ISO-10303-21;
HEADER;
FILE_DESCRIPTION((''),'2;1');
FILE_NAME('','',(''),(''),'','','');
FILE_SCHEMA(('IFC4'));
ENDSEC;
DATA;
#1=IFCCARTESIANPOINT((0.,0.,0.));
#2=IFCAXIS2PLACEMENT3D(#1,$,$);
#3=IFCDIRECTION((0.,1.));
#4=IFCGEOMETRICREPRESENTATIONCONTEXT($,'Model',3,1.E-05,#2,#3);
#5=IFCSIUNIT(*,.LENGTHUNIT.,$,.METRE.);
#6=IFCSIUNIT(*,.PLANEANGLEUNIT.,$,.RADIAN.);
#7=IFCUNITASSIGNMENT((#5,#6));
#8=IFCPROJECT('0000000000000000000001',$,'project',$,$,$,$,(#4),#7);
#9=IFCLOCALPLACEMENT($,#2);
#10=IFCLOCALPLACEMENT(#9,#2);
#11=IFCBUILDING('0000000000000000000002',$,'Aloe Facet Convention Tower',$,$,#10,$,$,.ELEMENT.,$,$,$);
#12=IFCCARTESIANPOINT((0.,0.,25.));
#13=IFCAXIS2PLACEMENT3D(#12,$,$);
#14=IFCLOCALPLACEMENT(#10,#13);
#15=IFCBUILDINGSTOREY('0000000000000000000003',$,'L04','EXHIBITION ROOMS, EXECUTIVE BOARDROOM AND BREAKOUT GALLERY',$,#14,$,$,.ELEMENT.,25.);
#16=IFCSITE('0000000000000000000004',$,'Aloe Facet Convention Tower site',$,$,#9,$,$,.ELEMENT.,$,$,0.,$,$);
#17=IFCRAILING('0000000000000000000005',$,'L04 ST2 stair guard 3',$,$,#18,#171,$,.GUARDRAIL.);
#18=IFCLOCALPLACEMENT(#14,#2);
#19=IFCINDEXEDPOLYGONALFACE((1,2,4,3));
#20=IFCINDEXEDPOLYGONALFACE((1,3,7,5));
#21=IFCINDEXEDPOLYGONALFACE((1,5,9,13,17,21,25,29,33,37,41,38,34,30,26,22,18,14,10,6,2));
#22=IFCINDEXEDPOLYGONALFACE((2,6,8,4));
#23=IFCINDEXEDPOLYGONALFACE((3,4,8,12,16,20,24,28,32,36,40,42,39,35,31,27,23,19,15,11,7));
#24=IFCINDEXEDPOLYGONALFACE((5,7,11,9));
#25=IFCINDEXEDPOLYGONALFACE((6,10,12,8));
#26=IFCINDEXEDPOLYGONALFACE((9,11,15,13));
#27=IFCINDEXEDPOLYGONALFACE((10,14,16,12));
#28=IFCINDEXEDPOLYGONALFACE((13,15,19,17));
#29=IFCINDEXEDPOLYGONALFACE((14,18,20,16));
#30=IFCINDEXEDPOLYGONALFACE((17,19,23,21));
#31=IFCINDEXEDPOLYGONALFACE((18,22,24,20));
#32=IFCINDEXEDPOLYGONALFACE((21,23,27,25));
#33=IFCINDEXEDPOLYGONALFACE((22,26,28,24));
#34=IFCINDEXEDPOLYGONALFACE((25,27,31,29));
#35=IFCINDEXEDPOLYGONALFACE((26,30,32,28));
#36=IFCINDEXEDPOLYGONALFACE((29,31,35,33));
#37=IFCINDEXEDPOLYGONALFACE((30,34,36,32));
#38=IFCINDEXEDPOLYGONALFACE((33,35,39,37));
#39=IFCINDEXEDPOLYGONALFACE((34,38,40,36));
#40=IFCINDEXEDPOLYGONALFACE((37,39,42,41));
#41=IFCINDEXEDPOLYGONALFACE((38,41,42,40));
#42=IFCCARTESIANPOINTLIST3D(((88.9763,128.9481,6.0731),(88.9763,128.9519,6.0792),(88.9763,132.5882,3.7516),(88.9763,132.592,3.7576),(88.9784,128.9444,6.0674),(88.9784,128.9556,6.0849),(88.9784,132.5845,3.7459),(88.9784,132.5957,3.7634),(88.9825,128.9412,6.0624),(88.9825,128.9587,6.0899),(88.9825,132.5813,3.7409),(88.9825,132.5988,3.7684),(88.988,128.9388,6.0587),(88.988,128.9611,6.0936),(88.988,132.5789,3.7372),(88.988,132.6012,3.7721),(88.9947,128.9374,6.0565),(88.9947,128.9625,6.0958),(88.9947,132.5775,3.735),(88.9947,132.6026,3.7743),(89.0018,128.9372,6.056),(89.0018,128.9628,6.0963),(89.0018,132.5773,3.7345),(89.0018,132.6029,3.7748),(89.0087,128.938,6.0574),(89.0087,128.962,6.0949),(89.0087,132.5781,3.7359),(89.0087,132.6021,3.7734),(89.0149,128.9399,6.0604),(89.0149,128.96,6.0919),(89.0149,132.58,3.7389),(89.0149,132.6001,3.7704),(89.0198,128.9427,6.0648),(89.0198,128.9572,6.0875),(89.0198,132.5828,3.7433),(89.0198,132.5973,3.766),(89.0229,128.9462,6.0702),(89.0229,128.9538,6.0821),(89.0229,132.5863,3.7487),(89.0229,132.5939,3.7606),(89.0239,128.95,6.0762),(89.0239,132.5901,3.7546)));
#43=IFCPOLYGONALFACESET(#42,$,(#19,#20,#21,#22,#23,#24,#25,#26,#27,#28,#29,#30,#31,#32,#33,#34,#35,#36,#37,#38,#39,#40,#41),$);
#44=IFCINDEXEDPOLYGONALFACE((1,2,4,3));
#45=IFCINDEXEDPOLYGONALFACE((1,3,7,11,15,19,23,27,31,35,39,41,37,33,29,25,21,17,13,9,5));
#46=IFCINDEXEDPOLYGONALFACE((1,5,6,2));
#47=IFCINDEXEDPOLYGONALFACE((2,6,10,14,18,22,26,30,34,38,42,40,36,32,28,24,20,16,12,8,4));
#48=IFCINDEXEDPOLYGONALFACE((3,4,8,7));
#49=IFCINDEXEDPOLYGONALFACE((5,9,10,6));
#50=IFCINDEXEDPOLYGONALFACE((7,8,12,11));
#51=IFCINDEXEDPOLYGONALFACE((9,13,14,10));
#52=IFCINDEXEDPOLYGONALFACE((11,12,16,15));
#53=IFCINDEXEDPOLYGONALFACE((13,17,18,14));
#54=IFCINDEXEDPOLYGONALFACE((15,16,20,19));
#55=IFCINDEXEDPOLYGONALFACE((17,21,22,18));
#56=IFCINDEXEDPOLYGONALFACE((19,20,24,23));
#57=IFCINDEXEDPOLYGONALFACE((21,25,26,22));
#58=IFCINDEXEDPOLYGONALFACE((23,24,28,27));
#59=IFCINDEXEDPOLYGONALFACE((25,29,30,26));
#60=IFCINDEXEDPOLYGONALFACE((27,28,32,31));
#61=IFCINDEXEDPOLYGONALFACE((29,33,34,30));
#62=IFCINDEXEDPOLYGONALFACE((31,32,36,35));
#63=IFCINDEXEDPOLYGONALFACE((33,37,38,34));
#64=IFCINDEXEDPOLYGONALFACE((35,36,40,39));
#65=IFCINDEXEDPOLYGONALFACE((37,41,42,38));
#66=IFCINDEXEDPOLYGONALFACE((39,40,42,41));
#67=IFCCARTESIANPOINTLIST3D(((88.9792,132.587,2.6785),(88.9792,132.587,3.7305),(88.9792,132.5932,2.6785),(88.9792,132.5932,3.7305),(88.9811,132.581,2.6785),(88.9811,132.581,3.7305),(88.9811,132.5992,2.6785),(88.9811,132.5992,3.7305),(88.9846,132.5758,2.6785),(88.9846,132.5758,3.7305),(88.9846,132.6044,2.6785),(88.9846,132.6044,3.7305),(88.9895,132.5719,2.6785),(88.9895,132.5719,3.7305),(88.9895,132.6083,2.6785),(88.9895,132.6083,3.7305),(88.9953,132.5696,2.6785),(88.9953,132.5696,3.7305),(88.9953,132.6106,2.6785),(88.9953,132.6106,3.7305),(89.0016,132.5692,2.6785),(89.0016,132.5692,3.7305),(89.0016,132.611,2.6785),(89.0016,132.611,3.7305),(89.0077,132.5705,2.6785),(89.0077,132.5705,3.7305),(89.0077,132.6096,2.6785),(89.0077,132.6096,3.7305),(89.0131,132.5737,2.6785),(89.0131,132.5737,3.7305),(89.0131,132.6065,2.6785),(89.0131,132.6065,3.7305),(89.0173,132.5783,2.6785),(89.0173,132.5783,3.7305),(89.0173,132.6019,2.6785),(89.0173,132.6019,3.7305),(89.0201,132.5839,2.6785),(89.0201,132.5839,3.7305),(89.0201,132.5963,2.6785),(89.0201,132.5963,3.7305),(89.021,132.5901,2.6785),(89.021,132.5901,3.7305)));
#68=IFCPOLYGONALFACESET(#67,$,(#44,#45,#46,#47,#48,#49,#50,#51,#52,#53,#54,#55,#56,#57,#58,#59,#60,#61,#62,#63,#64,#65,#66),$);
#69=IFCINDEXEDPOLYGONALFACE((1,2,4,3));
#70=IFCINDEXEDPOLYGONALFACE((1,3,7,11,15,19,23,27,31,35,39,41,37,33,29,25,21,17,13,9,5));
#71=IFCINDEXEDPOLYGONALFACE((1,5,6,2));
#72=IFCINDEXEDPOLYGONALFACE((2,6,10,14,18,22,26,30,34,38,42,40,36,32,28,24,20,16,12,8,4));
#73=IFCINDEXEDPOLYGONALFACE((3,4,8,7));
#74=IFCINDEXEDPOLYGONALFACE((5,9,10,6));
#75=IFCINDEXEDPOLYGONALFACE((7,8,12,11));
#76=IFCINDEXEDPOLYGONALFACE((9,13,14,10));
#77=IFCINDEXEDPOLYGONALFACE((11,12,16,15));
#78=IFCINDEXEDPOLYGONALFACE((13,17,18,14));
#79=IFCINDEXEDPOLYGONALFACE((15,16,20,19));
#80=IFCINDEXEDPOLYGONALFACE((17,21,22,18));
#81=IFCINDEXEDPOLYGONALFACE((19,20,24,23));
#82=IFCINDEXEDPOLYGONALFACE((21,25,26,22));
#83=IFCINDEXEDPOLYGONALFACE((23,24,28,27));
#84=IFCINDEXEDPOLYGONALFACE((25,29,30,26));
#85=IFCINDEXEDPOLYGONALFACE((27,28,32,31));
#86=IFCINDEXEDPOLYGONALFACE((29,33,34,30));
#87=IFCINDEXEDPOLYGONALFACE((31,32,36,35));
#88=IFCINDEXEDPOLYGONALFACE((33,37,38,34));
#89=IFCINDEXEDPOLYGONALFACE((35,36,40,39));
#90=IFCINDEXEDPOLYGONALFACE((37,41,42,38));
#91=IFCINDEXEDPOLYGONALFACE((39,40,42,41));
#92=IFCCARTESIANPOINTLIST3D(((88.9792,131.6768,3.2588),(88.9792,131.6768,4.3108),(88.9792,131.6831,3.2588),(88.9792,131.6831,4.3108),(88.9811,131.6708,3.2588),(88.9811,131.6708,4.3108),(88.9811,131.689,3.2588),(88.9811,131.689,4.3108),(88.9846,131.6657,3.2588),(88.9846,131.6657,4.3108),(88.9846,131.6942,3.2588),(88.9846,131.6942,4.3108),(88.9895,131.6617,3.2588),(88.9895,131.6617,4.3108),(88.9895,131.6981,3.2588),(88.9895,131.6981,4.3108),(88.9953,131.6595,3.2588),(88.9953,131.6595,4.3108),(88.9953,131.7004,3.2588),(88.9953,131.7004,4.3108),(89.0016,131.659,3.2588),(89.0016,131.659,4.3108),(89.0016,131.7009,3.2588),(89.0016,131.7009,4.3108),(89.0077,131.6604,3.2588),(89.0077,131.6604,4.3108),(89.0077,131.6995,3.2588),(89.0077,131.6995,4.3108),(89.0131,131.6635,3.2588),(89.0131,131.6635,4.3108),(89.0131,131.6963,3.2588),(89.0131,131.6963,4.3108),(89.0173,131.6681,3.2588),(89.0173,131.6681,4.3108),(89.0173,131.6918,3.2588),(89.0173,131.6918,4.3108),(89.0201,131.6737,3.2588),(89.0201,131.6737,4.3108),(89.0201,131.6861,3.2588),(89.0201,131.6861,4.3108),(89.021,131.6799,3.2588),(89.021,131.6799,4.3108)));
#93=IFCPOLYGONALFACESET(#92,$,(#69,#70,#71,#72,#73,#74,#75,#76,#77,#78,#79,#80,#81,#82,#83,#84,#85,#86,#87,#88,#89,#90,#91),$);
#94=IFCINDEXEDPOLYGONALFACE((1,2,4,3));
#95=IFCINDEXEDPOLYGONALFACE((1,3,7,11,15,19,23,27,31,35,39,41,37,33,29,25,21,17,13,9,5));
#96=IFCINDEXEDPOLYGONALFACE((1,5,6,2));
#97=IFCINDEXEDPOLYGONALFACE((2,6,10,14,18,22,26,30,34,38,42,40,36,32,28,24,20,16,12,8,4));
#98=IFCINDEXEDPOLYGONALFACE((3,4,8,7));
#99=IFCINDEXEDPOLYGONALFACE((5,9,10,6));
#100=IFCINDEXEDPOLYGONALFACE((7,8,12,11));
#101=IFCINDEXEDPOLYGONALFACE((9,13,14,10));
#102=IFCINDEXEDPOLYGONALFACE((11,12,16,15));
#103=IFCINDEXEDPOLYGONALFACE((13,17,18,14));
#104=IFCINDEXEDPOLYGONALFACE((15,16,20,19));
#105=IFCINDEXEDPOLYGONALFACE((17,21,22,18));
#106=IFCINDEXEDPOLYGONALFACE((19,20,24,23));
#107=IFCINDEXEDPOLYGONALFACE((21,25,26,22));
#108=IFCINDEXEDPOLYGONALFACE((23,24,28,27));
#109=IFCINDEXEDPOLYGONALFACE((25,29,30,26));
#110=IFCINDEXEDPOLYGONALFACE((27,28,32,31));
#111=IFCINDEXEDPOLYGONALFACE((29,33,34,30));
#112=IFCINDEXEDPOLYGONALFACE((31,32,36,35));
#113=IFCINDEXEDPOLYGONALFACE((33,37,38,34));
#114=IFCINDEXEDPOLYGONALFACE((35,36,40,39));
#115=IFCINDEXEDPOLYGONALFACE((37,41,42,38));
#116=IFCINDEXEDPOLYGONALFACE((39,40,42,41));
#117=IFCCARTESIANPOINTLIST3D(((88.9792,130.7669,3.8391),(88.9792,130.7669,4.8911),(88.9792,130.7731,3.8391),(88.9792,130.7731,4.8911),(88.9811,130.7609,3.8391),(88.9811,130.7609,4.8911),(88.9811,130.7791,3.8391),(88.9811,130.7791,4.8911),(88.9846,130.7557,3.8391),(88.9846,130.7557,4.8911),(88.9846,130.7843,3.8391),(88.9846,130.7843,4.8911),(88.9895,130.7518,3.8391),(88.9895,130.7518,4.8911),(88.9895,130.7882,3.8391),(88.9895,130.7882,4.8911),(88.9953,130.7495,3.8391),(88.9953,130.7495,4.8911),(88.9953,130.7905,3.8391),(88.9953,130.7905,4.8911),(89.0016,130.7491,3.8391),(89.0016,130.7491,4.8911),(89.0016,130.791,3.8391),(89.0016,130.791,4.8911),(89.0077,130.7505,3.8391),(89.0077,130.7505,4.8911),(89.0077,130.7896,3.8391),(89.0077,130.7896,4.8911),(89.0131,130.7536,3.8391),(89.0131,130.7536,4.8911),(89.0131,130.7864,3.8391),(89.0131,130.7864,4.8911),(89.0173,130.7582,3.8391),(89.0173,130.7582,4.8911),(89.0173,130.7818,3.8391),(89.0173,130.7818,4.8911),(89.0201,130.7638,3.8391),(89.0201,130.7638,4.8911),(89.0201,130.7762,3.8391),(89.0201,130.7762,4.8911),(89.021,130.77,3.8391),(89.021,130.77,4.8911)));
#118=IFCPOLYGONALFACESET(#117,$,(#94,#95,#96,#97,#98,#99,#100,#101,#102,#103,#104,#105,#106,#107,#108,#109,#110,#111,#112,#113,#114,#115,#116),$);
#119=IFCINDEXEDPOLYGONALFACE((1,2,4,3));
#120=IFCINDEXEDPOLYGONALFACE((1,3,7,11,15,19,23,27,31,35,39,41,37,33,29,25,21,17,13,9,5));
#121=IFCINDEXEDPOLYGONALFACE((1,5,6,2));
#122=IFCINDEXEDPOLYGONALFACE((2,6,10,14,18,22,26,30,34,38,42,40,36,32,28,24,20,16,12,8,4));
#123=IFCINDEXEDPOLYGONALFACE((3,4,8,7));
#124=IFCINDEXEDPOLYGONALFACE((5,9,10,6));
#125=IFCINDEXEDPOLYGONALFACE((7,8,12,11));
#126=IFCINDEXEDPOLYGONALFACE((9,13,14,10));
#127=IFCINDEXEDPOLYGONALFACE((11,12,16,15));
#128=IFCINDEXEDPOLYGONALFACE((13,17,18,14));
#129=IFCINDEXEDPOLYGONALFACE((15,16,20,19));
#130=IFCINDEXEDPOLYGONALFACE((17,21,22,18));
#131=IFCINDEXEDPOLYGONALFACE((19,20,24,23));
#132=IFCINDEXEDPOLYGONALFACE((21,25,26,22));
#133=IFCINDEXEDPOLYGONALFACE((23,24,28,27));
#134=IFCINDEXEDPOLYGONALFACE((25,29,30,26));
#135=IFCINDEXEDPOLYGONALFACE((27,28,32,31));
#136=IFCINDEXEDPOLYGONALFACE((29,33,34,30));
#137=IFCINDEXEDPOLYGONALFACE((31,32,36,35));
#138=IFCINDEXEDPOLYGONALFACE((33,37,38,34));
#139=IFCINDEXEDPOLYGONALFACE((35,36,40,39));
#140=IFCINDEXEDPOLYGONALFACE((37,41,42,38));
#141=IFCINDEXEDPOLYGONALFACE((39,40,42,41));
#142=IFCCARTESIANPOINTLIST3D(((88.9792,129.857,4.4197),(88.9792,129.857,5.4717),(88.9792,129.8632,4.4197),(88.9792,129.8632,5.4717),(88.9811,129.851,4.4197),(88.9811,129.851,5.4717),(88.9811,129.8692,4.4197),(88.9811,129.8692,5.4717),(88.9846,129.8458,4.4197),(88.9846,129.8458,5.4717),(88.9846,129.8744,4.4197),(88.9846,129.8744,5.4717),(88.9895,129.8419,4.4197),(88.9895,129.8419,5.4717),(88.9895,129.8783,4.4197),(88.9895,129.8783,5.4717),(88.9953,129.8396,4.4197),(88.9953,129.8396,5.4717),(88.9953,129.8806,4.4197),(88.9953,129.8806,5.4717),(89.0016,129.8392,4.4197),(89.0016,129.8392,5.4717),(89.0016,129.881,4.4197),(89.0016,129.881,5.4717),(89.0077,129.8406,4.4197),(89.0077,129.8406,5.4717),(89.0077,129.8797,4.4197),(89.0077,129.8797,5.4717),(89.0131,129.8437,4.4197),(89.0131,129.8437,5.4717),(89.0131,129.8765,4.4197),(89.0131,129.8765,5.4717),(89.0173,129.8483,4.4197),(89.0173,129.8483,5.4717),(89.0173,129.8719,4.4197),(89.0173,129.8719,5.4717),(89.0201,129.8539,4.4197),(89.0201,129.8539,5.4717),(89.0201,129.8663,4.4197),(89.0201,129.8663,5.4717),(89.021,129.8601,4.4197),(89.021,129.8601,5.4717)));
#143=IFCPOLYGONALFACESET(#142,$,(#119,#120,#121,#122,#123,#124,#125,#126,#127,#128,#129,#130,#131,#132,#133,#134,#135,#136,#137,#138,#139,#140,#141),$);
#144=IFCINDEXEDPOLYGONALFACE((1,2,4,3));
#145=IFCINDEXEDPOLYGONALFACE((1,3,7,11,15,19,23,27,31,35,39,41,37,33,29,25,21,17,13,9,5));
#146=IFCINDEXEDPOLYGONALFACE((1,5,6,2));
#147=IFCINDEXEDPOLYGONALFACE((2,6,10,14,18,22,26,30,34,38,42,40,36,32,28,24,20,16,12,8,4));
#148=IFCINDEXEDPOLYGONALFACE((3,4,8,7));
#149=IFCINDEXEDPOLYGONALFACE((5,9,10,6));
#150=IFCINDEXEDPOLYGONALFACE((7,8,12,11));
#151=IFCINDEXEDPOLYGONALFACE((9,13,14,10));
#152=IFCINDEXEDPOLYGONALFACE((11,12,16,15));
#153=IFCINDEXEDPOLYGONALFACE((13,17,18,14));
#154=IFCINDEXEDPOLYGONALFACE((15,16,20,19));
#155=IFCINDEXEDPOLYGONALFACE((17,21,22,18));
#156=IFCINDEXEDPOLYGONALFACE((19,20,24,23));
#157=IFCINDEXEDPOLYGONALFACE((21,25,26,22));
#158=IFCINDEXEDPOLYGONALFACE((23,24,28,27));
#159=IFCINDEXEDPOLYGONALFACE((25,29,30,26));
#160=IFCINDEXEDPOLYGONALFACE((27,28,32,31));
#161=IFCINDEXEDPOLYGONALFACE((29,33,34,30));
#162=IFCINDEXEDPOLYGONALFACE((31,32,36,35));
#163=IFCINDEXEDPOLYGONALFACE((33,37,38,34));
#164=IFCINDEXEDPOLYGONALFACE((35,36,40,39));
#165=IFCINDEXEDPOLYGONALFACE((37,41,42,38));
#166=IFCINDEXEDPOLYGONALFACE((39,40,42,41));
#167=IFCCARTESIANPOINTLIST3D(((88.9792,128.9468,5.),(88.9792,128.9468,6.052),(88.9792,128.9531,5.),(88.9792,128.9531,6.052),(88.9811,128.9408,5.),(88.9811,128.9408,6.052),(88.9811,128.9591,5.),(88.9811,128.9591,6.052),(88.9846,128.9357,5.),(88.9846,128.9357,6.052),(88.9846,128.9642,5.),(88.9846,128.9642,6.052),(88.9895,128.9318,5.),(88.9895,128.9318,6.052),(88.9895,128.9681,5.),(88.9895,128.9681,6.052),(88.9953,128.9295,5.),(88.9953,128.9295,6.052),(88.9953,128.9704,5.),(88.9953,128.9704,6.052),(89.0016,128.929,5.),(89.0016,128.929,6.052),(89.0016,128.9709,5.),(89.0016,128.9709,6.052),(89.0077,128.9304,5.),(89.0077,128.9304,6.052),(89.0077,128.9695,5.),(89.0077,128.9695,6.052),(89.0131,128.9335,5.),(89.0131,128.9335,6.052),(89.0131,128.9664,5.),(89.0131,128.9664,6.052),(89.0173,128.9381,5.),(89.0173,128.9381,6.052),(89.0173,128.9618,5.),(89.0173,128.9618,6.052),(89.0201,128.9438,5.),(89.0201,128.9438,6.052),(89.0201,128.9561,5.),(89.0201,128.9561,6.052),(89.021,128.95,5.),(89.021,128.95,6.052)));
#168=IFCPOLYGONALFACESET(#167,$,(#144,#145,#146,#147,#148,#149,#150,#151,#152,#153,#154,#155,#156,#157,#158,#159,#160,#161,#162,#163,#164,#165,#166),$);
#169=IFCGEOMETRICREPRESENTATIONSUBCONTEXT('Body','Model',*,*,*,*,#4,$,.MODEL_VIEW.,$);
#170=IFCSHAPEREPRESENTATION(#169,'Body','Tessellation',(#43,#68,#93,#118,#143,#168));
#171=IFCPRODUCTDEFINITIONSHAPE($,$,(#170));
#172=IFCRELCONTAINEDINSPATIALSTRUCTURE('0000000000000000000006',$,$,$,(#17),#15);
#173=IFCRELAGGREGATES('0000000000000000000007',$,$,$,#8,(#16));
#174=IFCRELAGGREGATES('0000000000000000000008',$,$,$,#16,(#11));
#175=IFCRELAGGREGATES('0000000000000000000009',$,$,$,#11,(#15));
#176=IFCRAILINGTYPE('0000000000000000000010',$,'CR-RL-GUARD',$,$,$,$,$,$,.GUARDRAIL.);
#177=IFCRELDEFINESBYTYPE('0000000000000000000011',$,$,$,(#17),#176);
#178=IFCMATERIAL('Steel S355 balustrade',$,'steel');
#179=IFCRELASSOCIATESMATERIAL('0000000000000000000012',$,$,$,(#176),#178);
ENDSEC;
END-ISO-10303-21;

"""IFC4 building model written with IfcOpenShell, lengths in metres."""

from ifc_helpers import new_model, si_unit, direction, frame, origin, origin_2d, place, context, subcontext, project, spatial, circle, extrude, material, type_object, element, save


model = new_model("IFC4")

# Units and contexts
model_context = context("Model", 3, precision=1e-05, world=origin(), true_north=direction((0.0, 1.0)))
body_context = subcontext(model_context, "Body", "Model", "MODEL_VIEW")
ifc_project = project(units=[si_unit("LENGTHUNIT", "METRE"), si_unit("PLANEANGLEUNIT", "RADIAN")], contexts=[model_context])

# Site, building, storey
site_placement = place(None, origin())
site = spatial("IfcSite", under=ifc_project, at=site_placement, Name="Aloe Facet Convention Tower site", CompositionType="ELEMENT", RefElevation=0.0)
building_placement = place(site_placement, origin())
building = spatial("IfcBuilding", under=site, at=building_placement, Name="Aloe Facet Convention Tower", CompositionType="ELEMENT")
storey_placement = place(building_placement, frame((0.0, 0.0, 25.0)))
storey = spatial("IfcBuildingStorey", under=building, at=storey_placement, Name="L04", Description="EXHIBITION ROOMS, EXECUTIVE BOARDROOM AND BREAKOUT GALLERY", CompositionType="ELEMENT", Elevation=25.0)

# Railing
ifc_material_1 = material(Name="Steel S355 balustrade", Category="steel")
railing_type = type_object("IfcRailingType", Name="CR-RL-GUARD", PredefinedType="GUARDRAIL", material=ifc_material_1)
railing_1_placement = place(storey_placement, frame((89.0, 132.5901, 2.6785)))
element("IfcRailing", 1, at=railing_1_placement, inside=storey, type_object=railing_type, Name="L04 ST2 stair guard 3", PredefinedType="GUARDRAIL", context=body_context, shape_type="SweptSolid", body=[
    extrude(circle(Radius=0.0239, at=origin_2d()), frame((0.0, 0.0, 1.0762), z_axis=(0.0, -0.843128, 0.537713), x_axis=(1.0, 0.0, 0.0)), (0.0, 0.0, 1.0), 4.3174),
    extrude(circle(Radius=0.021, at=origin_2d()), origin(), (0.0, 0.0, 1.0), 1.052),
    extrude(circle(Radius=0.021, at=origin_2d()), frame((0.0, -0.9102, 0.5803)), (0.0, 0.0, 1.0), 1.052),
    extrude(circle(Radius=0.021, at=origin_2d()), frame((0.0, -1.8201, 1.1606)), (0.0, 0.0, 1.0), 1.052),
    extrude(circle(Radius=0.021, at=origin_2d()), frame((0.0, -2.73, 1.7412)), (0.0, 0.0, 1.0), 1.052),
    extrude(circle(Radius=0.021, at=origin_2d()), frame((0.0, -3.6401, 2.3215)), (0.0, 0.0, 1.0), 1.052),
])

save(model, "model.ifc")
